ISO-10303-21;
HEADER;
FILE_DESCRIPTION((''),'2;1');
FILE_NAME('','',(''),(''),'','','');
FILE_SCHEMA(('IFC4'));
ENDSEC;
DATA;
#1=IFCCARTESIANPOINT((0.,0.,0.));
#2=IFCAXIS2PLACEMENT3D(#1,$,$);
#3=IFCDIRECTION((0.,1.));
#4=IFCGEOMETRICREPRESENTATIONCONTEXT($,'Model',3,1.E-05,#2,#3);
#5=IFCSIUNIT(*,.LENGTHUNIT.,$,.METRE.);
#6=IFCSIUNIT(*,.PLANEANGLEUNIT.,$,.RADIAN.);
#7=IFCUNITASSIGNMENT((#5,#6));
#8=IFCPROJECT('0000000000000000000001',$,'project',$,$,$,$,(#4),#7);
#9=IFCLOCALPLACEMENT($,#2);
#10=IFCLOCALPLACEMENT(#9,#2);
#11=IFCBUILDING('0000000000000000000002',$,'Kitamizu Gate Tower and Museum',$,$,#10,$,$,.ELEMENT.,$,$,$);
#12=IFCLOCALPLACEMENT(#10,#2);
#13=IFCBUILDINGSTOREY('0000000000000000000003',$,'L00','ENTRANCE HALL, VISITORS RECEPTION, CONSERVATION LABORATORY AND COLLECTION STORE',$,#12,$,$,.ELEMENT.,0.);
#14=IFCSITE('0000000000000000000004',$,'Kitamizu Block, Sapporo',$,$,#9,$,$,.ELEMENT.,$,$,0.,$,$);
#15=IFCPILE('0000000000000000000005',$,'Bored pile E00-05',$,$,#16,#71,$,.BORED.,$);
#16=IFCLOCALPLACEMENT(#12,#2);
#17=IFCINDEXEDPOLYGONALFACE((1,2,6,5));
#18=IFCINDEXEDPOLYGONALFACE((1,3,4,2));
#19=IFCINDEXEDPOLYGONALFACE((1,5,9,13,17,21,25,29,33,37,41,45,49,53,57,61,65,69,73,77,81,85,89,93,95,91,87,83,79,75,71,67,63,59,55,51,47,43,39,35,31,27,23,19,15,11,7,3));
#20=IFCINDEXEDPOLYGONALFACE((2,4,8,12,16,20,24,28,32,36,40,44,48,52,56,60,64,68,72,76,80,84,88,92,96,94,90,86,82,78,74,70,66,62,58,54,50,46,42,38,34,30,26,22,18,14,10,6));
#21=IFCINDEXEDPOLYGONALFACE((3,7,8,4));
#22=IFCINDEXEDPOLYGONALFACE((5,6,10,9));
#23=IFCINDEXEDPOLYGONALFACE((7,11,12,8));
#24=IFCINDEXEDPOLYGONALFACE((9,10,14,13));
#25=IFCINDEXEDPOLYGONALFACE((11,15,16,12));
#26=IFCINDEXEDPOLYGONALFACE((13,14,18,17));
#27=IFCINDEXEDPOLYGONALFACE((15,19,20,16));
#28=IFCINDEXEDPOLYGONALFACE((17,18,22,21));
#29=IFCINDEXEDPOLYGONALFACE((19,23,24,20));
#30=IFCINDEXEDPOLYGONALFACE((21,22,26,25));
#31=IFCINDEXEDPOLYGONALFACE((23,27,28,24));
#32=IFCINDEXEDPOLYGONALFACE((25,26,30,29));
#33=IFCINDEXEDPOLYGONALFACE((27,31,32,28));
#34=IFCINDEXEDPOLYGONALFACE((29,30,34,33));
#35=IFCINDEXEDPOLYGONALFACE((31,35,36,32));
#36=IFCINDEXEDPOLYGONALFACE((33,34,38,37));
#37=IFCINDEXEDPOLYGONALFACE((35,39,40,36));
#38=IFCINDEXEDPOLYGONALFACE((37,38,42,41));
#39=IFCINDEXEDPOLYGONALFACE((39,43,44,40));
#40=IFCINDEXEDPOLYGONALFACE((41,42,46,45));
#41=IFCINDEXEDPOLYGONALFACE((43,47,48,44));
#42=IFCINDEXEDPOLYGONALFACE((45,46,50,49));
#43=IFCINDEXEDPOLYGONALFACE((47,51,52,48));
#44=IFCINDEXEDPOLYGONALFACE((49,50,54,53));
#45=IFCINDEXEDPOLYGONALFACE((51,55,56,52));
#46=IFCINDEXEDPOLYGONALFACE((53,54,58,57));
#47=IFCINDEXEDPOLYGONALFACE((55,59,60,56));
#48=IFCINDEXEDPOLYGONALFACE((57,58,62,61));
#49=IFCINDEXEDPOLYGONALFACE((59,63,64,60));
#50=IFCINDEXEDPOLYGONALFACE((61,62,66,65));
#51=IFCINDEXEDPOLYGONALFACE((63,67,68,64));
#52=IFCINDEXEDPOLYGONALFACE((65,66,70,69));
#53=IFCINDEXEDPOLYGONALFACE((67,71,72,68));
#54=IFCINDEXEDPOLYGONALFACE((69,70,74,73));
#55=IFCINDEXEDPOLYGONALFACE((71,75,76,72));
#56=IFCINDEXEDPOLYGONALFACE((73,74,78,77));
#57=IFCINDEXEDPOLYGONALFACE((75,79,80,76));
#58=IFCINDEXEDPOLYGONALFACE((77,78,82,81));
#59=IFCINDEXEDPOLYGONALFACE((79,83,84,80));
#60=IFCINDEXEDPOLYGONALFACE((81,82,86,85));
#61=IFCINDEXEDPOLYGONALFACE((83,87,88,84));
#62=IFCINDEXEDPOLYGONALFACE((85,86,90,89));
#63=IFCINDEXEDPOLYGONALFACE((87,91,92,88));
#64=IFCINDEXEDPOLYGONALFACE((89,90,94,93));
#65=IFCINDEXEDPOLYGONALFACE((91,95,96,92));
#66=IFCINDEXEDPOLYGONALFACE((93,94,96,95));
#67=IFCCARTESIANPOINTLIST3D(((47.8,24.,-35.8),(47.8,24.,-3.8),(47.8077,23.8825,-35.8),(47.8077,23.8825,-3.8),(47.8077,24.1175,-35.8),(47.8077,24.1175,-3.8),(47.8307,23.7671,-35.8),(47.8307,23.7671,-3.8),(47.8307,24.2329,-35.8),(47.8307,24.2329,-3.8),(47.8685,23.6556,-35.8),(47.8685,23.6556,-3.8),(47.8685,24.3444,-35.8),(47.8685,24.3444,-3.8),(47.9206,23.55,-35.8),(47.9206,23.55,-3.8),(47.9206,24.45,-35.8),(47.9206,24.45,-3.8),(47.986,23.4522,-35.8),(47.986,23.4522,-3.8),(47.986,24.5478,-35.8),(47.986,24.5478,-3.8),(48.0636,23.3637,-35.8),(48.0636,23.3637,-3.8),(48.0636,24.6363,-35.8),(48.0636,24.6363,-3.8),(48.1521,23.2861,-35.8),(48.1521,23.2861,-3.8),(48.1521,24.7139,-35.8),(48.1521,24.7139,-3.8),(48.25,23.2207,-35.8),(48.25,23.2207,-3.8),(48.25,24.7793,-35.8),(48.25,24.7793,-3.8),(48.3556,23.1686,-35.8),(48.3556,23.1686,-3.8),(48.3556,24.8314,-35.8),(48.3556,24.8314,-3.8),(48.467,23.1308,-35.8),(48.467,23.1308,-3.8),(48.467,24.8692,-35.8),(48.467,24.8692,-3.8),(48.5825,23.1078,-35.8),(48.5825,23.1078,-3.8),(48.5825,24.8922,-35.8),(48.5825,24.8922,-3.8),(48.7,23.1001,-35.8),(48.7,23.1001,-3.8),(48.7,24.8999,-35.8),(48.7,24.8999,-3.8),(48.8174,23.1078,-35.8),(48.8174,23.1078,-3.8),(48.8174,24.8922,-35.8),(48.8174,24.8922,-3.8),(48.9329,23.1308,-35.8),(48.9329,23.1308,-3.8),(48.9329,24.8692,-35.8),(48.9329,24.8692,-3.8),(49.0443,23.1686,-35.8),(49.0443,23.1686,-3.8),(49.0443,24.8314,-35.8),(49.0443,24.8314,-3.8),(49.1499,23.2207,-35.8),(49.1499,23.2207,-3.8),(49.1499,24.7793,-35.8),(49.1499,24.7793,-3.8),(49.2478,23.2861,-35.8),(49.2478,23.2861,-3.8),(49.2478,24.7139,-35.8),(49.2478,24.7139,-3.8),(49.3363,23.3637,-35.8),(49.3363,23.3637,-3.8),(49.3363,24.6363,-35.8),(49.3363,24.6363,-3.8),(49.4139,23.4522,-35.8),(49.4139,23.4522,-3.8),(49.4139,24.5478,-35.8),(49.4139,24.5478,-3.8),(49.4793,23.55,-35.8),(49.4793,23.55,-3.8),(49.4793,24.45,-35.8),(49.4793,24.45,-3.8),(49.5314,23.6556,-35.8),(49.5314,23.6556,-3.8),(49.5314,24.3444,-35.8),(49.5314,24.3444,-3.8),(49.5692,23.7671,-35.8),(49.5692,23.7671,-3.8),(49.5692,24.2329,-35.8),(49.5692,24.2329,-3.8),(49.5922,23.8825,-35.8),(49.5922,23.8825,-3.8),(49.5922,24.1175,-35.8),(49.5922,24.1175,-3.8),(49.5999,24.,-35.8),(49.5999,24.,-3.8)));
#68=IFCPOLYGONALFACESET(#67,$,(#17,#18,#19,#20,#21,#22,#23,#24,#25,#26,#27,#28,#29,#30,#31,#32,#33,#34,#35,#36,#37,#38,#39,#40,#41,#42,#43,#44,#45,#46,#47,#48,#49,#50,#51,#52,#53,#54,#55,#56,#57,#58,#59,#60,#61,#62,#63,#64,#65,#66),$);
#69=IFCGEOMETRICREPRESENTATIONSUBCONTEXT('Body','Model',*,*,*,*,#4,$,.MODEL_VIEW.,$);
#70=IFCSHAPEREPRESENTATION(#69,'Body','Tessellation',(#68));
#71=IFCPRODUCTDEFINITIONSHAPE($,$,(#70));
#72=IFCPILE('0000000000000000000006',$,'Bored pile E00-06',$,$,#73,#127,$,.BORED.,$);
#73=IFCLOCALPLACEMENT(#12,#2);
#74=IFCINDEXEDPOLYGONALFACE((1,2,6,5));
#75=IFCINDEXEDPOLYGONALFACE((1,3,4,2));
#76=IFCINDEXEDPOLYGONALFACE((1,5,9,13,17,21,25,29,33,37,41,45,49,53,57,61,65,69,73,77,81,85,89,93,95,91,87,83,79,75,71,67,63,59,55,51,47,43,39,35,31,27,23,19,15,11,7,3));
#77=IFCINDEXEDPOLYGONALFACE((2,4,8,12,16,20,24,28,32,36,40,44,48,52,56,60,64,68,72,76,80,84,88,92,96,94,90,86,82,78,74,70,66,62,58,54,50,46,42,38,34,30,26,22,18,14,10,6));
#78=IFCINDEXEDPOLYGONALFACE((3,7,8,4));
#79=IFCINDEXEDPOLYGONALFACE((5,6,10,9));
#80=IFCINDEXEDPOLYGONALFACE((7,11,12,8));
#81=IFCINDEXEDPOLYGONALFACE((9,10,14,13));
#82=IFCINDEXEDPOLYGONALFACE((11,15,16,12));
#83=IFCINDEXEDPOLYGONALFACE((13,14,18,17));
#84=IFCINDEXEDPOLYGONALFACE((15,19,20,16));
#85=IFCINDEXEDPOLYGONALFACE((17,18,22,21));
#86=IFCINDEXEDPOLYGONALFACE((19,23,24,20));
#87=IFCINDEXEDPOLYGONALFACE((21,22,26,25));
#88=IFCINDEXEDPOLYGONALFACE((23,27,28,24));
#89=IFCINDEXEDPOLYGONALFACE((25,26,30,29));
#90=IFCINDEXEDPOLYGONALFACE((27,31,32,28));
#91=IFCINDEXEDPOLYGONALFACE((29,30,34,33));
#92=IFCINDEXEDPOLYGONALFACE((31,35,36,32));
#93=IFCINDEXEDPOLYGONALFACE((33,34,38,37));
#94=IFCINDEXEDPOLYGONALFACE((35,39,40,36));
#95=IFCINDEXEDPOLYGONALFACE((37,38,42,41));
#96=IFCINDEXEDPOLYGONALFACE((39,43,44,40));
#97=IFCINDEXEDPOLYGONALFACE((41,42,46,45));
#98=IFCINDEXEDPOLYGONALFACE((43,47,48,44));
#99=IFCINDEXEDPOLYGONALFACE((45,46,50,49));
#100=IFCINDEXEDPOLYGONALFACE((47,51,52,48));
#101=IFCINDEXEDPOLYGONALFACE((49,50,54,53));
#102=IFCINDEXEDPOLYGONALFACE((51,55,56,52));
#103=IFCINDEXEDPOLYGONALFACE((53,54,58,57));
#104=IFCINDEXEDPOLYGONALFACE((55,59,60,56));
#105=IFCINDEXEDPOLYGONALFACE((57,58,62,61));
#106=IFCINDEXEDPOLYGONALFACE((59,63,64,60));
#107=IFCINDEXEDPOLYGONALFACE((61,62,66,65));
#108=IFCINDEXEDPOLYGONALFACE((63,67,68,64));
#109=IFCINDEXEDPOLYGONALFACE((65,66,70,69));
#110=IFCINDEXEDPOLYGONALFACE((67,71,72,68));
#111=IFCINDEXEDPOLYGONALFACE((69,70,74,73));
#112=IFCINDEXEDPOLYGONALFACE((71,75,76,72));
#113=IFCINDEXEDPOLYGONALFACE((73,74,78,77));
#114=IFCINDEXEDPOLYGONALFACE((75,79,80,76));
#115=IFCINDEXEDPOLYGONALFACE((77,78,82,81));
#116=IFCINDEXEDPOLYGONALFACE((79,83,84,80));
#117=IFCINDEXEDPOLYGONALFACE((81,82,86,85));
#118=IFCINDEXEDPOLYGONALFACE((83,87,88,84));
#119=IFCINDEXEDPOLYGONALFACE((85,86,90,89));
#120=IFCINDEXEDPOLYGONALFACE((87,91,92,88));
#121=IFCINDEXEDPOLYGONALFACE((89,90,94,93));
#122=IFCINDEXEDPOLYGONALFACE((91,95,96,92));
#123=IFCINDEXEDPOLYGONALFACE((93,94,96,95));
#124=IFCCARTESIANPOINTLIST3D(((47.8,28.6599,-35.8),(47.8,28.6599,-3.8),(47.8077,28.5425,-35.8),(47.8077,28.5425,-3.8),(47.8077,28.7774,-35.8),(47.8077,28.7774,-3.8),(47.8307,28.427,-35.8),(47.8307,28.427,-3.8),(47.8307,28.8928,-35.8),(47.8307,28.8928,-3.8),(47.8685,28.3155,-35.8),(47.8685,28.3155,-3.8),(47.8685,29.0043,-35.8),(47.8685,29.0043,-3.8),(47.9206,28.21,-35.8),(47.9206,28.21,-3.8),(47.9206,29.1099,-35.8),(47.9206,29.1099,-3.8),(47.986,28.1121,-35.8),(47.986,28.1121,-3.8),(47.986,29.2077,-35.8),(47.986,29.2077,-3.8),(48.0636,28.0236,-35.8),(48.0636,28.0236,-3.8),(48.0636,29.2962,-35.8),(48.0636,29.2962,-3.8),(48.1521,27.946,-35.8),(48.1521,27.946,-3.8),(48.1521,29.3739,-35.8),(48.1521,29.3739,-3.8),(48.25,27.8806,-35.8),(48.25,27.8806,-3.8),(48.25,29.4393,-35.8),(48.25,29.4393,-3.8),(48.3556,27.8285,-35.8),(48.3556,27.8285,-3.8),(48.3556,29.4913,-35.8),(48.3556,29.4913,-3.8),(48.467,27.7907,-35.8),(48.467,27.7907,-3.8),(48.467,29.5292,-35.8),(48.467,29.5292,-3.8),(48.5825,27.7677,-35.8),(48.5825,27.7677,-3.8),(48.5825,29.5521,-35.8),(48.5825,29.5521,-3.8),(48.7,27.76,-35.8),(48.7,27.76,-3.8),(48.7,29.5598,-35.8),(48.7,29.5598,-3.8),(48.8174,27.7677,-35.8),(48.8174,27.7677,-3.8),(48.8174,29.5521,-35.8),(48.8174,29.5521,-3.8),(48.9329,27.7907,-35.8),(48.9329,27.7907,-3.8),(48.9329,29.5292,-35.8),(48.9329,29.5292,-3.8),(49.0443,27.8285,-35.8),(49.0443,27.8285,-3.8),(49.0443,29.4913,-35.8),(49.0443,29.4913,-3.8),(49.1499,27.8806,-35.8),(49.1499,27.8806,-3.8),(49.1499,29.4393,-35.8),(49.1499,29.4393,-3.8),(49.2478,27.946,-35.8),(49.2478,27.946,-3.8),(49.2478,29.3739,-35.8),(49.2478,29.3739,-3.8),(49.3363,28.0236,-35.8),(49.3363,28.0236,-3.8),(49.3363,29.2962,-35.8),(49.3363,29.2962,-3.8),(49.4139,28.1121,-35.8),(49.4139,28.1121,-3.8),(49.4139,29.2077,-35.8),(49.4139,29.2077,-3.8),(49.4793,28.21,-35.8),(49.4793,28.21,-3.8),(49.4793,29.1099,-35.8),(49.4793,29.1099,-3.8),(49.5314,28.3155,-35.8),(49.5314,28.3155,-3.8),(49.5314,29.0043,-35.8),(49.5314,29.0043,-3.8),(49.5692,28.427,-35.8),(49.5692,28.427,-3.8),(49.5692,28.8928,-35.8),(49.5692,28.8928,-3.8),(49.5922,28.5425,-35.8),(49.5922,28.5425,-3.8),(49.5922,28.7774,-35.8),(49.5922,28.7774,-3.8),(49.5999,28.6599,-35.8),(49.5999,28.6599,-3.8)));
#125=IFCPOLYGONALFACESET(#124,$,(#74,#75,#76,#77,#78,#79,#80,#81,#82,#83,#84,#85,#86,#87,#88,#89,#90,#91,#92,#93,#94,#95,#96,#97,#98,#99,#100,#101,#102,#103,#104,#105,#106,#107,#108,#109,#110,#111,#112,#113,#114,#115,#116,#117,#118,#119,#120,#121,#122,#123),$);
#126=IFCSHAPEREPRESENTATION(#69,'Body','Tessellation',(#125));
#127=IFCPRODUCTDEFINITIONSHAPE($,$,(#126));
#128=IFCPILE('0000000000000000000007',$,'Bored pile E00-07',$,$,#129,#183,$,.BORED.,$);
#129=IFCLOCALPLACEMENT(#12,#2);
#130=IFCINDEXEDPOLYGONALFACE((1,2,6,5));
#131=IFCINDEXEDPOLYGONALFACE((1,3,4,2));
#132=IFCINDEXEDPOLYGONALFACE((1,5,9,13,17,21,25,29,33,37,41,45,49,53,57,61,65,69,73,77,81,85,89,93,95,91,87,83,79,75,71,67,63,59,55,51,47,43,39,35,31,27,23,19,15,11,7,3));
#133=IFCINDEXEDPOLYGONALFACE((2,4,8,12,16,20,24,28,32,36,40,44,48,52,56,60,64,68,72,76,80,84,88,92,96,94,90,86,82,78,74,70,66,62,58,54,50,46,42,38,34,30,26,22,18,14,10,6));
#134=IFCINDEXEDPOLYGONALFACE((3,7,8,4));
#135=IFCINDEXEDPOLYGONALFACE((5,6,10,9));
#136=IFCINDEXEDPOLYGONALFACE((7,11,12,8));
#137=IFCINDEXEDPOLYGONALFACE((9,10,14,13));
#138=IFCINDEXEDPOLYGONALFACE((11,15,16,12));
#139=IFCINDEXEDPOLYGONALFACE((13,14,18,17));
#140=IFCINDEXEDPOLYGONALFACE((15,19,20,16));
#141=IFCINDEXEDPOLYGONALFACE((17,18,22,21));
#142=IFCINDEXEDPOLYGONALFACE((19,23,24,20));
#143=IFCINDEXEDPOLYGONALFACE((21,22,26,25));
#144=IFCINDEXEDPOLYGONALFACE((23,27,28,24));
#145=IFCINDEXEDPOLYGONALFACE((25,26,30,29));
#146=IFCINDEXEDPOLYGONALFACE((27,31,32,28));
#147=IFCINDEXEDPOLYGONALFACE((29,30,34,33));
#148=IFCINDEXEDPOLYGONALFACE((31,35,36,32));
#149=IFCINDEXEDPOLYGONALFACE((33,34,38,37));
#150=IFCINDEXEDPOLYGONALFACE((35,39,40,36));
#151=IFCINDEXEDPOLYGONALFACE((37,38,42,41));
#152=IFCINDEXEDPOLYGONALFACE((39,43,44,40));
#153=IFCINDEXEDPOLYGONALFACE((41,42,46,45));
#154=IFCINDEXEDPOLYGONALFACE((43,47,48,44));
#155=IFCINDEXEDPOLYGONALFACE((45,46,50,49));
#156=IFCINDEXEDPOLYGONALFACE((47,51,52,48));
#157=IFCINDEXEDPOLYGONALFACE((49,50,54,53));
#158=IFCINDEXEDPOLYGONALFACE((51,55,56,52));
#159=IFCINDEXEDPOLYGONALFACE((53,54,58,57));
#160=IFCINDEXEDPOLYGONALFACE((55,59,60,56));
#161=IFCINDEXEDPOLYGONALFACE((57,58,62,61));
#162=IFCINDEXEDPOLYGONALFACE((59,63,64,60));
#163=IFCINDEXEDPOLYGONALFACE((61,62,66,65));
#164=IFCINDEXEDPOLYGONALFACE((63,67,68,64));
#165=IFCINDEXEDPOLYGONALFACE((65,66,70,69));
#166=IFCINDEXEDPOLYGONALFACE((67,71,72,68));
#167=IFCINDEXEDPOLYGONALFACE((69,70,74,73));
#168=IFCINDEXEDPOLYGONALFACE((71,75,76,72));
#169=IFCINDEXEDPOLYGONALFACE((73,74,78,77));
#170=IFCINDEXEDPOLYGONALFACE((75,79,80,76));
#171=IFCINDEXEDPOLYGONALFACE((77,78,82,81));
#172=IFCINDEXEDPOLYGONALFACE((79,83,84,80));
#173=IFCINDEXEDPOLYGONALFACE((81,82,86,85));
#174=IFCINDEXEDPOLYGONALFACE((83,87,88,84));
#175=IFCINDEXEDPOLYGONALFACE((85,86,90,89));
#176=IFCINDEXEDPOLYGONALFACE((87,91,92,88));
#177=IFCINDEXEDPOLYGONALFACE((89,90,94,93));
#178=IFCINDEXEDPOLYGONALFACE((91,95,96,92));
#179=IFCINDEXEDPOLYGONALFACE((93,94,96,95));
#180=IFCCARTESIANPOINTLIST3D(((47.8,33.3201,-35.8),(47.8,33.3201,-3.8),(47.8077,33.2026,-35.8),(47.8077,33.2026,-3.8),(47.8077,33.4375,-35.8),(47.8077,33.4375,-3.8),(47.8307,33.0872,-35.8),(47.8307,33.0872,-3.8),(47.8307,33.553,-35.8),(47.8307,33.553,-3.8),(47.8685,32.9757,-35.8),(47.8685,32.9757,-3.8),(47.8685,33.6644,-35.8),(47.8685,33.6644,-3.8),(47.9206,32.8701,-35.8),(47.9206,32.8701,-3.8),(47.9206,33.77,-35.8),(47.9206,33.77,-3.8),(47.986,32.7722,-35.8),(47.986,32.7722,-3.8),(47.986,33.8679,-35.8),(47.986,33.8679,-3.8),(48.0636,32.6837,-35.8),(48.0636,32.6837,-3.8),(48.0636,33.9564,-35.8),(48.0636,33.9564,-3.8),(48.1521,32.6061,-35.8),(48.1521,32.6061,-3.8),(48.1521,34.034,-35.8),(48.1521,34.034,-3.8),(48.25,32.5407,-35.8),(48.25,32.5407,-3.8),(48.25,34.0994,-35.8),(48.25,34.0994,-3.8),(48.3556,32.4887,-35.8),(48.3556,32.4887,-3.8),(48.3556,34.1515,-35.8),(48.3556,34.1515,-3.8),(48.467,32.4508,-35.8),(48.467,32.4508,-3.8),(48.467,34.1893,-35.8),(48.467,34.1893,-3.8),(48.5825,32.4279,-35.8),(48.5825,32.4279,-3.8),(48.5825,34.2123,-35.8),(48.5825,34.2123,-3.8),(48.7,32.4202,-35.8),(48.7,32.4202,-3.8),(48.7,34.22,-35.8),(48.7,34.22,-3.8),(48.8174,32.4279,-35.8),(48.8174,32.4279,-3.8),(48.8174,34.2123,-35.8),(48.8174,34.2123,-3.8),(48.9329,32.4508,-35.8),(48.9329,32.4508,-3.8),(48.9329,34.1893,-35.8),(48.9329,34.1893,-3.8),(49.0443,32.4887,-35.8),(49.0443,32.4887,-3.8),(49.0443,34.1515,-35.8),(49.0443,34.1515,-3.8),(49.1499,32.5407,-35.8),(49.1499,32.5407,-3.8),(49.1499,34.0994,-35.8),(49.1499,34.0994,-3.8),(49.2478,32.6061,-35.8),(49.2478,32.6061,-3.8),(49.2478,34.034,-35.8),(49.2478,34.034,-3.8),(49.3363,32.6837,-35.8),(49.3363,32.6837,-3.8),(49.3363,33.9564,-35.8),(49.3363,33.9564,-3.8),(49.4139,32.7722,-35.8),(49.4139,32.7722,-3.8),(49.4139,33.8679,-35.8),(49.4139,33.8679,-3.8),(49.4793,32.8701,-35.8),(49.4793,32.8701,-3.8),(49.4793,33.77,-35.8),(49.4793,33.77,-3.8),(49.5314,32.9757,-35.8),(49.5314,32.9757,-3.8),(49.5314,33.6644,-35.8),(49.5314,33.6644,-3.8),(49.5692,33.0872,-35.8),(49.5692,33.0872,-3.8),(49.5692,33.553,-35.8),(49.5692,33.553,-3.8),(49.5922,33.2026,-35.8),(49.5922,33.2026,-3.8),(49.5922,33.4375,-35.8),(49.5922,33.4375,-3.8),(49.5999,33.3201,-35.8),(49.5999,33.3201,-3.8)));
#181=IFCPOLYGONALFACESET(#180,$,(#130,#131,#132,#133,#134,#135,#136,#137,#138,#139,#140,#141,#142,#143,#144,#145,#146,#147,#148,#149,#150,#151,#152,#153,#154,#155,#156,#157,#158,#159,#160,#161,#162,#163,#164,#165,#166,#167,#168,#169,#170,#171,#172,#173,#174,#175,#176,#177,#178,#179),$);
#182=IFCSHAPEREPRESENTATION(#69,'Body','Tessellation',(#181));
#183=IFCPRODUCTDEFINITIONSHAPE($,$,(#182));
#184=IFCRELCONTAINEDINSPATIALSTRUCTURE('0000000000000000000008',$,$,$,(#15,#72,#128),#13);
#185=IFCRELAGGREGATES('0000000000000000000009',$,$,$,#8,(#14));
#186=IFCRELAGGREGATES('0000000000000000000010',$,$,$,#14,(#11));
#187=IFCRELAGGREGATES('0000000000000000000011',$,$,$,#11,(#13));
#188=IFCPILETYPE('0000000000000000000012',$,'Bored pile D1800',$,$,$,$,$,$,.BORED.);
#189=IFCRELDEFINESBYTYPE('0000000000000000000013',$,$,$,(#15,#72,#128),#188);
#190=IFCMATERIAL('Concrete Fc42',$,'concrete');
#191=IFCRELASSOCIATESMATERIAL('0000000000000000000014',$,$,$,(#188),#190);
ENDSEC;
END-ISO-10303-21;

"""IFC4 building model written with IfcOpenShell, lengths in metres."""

from ifc_helpers import new_model, si_unit, direction, frame, origin, origin_2d, place, context, subcontext, project, spatial, circle, extrude, material, material_profile, profile_set, type_object, element, save


model = new_model("IFC4")

# Units and contexts
model_context = context("Model", 3, precision=1e-05, world=origin(), true_north=direction((0.0, 1.0)))
body_context = subcontext(model_context, "Body", "Model", "MODEL_VIEW")
ifc_project = project(units=[si_unit("LENGTHUNIT", "METRE"), si_unit("PLANEANGLEUNIT", "RADIAN")], contexts=[model_context])

# Site, building, storey
site_placement = place(None, origin())
site = spatial("IfcSite", under=ifc_project, at=site_placement, Name="Kitamizu Block, Sapporo", CompositionType="ELEMENT", RefElevation=0.0)
building_placement = place(site_placement, origin())
building = spatial("IfcBuilding", under=site, at=building_placement, Name="Kitamizu Gate Tower and Museum", CompositionType="ELEMENT")
storey_placement = place(building_placement, origin())
storey = spatial("IfcBuildingStorey", under=building, at=storey_placement, Name="L00", Description="ENTRANCE HALL, VISITORS RECEPTION, CONSERVATION LABORATORY AND COLLECTION STORE", CompositionType="ELEMENT", Elevation=0.0)

# Piles
ifc_material_1 = material(Name="Concrete Fc42", Category="concrete")
ifc_material_profile_1 = material_profile(ifc_material_1, circle(Radius=0.8999, at=origin_2d()), Name="Bored pile D1800")
ifc_profile_set_1 = profile_set([ifc_material_profile_1], Name="Concrete Fc42")
pile_type = type_object("IfcPileType", Name="Bored pile D1800", PredefinedType="BORED", material=ifc_profile_set_1)
for number, where, z_axis, x_axis, name in (
    (1, (48.7, 24.0, -3.8), (0.0, 0.0, -1.0), (1.0, 0.0, 0.0), "Bored pile E00-05"),
    (2, (48.7, 28.6599, -3.8), (0.0, 0.0, -1.0), (1.0, 0.0, 0.0), "Bored pile E00-06"),
    (3, (48.7, 33.3201, -3.8), (0.0, 0.0, -1.0), (1.0, 0.0, 0.0), "Bored pile E00-07"),
):
    element("IfcPile", number, at=place(storey_placement, frame(where, z_axis=z_axis, x_axis=x_axis)), inside=storey, type_object=pile_type, Name=name, PredefinedType="BORED", context=body_context, shape_type="SweptSolid", body=[
        extrude(circle(Radius=0.8999, at=origin_2d()), origin(), (0.0, 0.0, 1.0), 32.0),
    ])

save(model, "model.ifc")
